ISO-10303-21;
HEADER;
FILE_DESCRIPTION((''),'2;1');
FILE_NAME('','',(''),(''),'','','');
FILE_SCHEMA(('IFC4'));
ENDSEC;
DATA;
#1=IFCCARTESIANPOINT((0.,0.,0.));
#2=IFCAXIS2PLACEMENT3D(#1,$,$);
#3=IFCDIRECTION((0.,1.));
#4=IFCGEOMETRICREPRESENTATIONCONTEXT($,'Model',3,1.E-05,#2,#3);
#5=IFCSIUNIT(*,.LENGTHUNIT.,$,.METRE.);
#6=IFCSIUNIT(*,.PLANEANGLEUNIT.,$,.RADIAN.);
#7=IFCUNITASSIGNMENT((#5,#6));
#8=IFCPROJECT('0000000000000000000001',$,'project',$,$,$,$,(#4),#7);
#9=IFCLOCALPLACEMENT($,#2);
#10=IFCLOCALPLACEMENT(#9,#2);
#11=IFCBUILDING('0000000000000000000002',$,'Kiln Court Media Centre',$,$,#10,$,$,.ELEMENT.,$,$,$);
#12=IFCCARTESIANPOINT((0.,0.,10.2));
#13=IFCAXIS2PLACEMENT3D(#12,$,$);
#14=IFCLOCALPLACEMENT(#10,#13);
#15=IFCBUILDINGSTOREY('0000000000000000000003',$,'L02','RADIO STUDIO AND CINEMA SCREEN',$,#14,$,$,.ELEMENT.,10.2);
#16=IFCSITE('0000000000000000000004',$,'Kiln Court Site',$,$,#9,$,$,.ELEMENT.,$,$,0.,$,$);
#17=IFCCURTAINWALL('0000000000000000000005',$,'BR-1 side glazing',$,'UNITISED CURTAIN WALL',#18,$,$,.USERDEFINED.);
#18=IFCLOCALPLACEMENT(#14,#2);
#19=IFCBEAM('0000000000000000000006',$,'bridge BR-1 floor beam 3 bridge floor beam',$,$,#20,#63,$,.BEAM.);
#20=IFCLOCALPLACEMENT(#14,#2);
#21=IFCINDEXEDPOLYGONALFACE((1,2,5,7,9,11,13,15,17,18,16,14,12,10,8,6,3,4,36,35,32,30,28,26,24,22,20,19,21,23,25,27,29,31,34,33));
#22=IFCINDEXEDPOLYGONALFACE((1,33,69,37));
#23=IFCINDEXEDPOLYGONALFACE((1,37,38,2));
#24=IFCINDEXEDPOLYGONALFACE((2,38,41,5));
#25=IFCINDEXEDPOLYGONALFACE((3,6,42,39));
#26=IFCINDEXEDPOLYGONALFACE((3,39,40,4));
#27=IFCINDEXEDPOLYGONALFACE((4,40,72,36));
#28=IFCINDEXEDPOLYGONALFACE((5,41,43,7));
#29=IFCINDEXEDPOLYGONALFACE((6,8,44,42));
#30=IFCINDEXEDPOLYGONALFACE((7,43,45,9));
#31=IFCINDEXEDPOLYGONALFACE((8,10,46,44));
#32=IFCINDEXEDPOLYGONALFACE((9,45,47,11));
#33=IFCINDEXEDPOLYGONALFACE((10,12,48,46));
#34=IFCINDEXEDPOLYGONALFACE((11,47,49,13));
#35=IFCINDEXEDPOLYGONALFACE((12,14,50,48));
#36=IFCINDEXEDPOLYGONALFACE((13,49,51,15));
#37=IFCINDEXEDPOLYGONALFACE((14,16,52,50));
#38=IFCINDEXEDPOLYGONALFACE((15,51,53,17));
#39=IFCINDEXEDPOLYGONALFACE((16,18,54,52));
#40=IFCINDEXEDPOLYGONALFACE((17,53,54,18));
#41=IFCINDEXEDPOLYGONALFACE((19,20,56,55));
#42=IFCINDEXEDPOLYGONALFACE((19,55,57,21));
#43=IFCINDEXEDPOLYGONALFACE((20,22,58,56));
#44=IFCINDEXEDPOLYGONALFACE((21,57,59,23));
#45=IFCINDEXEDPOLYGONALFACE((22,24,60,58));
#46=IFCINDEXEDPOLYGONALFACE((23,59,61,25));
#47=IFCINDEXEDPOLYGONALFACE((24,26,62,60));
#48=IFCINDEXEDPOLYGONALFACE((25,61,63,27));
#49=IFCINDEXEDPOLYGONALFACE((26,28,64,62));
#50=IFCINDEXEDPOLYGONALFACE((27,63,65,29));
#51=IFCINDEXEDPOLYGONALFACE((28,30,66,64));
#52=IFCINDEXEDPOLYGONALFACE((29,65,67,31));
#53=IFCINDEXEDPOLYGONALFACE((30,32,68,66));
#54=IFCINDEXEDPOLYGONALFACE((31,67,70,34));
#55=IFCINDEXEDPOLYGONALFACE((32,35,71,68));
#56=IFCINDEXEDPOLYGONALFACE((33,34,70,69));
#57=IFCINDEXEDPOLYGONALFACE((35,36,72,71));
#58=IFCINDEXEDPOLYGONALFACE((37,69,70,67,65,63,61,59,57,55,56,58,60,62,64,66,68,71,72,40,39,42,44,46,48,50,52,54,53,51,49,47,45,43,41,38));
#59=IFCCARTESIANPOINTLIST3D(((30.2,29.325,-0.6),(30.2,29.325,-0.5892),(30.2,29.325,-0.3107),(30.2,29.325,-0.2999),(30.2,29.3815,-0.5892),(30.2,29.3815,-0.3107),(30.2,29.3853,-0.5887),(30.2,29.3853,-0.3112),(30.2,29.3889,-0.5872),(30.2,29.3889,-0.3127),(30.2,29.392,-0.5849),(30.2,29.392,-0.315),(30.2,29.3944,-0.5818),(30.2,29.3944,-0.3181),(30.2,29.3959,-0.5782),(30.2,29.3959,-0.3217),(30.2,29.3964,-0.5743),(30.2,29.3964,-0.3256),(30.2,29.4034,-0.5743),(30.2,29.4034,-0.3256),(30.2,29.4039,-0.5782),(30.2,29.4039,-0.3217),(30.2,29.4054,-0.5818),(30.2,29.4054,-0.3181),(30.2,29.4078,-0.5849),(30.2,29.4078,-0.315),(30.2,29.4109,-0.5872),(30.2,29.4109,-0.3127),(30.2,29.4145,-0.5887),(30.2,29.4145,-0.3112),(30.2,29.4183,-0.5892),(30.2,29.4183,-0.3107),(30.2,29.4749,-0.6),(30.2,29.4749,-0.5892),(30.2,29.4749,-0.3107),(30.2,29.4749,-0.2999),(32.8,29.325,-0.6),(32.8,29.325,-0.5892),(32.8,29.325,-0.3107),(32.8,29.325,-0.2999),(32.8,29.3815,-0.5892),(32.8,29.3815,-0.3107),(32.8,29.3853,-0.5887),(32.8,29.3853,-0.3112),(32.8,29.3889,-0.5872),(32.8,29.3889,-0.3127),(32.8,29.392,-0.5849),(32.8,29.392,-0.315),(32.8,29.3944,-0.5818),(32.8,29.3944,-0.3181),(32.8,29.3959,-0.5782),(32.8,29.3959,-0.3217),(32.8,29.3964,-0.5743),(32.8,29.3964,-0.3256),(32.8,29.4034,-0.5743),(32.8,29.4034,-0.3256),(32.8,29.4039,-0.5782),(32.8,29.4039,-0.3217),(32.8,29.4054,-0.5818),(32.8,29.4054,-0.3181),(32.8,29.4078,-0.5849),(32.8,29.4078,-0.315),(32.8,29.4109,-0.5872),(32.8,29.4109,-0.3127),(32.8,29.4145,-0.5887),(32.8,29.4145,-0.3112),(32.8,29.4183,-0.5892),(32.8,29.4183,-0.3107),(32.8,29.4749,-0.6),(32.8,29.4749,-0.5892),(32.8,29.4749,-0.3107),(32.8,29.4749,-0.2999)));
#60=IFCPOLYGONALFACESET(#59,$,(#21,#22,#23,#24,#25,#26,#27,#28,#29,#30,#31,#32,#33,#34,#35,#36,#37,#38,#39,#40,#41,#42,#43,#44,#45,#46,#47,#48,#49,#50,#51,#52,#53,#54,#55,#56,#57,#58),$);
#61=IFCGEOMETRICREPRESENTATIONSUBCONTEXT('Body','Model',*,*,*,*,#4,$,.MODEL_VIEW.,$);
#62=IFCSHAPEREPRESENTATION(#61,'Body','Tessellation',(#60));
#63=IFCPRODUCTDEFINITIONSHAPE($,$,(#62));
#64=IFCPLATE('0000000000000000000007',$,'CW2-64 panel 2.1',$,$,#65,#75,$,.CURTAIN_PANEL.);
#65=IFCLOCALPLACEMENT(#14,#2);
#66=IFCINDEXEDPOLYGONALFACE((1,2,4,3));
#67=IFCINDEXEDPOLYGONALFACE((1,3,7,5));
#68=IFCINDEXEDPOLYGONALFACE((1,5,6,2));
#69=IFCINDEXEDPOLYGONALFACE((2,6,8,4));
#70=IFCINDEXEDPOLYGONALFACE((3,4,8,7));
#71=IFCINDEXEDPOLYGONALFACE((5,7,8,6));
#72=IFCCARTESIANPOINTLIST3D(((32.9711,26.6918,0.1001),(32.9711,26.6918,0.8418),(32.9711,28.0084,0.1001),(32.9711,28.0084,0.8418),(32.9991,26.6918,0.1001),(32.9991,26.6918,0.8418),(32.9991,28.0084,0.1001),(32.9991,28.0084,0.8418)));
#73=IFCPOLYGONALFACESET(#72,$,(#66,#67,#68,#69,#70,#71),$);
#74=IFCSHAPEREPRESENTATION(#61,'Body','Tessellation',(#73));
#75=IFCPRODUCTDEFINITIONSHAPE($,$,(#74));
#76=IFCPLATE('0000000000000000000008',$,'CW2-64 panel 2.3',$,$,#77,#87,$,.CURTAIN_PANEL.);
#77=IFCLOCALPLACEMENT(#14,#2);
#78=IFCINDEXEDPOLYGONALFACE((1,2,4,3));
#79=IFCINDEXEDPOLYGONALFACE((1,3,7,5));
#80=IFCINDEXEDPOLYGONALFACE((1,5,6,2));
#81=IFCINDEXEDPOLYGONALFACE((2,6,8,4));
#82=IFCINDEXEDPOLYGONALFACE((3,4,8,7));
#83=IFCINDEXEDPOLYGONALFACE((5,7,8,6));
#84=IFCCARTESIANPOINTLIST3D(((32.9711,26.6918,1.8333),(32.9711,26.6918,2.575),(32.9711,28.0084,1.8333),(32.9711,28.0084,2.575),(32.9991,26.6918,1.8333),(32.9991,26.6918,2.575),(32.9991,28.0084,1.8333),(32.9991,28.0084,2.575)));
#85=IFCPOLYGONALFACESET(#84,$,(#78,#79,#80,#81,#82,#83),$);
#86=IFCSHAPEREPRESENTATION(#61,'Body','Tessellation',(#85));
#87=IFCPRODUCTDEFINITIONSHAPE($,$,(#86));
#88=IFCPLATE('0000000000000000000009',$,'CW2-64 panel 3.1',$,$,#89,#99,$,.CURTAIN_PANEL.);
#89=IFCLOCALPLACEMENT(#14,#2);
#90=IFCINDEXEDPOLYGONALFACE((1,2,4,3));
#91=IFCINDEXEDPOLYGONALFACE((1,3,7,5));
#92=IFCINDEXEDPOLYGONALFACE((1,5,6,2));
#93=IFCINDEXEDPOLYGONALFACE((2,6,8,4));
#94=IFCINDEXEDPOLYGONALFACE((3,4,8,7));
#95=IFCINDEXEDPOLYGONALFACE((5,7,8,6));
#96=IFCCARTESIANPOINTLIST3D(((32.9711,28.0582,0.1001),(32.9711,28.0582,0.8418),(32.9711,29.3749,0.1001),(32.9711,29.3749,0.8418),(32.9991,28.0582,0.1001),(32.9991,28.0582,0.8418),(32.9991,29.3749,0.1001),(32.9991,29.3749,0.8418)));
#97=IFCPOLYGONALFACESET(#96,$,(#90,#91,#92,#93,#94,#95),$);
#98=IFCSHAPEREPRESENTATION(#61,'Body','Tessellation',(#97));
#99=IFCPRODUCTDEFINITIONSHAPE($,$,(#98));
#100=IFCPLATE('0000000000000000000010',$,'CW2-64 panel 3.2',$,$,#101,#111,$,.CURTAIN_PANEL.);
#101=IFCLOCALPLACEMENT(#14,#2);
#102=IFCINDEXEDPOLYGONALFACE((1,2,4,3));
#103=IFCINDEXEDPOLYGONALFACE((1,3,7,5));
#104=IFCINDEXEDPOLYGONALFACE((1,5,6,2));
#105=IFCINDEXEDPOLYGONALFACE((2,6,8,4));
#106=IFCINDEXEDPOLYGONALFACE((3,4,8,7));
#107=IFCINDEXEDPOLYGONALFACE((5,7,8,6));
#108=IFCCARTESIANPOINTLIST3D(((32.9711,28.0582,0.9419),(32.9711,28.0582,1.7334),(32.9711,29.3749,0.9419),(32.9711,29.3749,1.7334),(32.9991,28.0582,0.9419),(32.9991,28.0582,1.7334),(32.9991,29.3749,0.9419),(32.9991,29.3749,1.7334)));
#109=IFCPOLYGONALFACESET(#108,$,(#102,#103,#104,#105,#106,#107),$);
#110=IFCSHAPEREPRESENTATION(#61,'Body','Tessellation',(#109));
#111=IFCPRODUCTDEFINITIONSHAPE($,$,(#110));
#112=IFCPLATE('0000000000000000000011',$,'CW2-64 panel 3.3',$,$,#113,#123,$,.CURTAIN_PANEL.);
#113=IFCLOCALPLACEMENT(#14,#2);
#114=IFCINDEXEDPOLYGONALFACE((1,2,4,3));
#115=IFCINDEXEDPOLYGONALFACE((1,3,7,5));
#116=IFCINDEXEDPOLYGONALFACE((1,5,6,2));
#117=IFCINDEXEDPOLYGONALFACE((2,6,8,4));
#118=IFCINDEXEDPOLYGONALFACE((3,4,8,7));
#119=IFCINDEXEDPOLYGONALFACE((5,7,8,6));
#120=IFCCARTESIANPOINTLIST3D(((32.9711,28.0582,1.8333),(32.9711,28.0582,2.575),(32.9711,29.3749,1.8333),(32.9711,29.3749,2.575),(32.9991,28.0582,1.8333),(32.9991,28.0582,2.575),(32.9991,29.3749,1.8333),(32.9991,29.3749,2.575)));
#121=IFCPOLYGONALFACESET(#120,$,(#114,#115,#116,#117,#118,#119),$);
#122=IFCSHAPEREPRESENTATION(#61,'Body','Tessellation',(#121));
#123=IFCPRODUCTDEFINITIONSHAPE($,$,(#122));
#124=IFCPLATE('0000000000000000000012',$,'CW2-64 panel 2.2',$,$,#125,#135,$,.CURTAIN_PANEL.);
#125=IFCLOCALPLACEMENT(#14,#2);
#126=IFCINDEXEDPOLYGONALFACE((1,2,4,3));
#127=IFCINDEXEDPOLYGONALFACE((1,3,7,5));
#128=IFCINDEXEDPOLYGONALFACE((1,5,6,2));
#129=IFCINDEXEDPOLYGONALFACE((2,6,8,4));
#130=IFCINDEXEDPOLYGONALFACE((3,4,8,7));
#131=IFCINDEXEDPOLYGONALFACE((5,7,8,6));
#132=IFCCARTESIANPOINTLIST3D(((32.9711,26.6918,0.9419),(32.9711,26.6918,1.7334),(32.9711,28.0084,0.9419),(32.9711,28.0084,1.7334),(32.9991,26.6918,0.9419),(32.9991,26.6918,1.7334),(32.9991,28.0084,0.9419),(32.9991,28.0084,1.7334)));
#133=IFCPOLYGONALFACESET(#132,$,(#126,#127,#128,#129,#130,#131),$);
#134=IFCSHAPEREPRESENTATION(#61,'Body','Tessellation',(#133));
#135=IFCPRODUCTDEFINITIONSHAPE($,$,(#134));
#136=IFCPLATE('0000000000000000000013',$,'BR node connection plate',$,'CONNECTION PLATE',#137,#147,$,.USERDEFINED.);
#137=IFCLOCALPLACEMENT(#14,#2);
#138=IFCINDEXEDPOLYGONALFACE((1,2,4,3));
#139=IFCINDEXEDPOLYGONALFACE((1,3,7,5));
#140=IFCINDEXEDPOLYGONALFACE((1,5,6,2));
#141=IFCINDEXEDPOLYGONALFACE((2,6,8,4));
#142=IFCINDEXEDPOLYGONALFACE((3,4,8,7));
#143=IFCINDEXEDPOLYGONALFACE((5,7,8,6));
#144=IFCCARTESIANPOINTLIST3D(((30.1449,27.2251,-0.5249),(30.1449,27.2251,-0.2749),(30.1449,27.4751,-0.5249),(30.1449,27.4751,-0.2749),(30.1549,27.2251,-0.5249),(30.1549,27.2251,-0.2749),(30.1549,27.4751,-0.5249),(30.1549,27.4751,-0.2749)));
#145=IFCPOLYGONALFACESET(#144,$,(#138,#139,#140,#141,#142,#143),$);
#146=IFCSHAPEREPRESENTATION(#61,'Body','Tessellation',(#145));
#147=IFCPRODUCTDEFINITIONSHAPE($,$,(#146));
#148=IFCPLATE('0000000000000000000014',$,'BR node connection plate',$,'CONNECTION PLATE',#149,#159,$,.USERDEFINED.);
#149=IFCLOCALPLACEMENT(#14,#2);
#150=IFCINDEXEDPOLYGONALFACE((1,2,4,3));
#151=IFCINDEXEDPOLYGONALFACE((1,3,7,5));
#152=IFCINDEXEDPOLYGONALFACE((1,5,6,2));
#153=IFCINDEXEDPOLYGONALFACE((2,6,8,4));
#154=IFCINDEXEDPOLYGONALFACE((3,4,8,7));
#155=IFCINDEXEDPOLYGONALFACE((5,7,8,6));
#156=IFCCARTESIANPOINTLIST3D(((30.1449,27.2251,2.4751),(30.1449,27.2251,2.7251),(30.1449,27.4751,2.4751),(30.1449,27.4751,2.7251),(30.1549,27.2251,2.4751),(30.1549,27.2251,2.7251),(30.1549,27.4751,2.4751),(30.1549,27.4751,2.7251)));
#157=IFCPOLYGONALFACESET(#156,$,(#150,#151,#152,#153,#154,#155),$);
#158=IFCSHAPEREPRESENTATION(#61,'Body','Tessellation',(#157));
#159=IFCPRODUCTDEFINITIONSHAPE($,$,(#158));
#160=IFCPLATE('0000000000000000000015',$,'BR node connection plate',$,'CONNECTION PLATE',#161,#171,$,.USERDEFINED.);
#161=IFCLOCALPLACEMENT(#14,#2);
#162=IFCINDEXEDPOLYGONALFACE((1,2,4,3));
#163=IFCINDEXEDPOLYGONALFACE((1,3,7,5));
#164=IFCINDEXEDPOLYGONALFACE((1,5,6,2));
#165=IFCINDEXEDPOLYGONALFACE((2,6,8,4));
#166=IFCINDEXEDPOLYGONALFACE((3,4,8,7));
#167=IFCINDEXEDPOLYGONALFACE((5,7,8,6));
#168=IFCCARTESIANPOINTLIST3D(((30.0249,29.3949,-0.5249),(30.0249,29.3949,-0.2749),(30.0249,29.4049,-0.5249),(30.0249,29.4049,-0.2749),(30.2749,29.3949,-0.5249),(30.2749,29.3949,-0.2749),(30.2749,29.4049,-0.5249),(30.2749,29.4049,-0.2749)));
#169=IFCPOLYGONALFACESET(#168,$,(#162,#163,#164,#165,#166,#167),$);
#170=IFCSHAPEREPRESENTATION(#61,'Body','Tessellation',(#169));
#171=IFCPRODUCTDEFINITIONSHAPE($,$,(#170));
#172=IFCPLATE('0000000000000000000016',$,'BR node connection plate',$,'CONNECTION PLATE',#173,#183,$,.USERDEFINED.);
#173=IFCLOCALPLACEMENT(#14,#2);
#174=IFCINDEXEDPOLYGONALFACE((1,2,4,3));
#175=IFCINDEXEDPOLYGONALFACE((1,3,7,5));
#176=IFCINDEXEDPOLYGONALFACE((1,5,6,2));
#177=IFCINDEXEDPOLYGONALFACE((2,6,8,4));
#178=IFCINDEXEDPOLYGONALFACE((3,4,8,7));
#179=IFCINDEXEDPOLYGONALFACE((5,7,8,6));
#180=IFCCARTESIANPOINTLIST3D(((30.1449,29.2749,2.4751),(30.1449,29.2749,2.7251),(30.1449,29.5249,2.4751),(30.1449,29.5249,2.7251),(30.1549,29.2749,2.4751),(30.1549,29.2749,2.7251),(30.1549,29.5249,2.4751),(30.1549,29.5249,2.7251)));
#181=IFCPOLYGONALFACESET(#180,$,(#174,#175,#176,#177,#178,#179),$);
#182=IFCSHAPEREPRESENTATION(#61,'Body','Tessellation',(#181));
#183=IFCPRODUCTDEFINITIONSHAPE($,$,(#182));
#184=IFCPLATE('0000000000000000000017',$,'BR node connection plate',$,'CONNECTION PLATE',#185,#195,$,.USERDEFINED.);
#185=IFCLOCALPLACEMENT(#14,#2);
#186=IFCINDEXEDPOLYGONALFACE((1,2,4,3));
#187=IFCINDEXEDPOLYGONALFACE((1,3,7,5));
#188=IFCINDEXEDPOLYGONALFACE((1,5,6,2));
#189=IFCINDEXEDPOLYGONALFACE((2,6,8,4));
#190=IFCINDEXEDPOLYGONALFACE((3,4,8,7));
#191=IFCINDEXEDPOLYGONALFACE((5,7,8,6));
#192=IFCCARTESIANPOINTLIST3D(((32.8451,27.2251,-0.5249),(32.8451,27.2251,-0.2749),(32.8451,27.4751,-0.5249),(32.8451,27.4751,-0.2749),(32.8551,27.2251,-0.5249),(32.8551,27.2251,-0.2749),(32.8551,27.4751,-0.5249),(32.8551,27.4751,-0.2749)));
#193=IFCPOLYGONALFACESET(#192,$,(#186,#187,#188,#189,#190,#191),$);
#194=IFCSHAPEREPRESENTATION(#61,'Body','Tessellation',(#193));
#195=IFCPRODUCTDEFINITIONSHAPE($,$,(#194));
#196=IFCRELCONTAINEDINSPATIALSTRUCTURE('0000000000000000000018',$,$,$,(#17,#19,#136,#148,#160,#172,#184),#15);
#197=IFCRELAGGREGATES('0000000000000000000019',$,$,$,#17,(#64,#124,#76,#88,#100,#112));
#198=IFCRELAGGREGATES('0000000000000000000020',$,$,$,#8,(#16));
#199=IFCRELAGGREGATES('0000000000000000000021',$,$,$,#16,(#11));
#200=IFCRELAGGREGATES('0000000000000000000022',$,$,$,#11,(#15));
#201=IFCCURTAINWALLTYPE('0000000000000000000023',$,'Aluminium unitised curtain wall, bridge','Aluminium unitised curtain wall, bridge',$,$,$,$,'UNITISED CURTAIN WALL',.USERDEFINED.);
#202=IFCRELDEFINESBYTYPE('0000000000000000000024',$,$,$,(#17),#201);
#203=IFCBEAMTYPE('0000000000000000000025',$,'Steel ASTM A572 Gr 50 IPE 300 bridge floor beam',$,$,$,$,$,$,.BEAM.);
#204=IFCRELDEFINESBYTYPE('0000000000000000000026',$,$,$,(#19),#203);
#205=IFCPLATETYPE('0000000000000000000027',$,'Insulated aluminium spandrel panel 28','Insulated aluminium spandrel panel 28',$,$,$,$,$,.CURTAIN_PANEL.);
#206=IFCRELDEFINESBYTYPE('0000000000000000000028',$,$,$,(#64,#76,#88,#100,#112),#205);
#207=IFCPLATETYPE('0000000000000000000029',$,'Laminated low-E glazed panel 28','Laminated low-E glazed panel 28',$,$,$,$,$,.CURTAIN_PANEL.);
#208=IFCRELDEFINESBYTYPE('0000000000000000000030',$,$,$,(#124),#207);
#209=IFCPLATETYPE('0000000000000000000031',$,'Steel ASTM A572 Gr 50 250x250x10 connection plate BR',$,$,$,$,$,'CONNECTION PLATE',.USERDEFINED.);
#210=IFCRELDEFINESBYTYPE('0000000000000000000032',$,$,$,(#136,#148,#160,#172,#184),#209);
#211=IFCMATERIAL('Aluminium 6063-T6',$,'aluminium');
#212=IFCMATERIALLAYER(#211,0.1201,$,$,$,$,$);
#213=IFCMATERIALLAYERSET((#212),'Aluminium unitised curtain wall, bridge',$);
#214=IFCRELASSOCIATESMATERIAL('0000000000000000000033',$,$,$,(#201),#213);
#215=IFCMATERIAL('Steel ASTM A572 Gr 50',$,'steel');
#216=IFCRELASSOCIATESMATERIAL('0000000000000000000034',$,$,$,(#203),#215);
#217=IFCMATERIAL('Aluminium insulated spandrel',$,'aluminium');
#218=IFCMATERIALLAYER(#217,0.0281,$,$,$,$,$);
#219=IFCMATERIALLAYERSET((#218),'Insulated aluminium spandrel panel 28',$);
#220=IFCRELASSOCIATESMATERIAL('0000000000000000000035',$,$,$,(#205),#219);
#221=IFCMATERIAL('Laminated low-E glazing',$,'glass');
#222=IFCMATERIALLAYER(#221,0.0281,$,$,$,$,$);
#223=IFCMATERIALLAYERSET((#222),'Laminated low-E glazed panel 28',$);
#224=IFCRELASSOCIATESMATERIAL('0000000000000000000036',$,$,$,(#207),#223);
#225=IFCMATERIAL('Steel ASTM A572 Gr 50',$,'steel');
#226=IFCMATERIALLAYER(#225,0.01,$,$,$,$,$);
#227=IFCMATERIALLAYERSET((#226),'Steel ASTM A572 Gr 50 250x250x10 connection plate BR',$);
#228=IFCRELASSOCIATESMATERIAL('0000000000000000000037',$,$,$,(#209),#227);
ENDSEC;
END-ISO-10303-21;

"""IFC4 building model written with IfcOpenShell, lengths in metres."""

from ifc_helpers import new_model, si_unit, direction, frame, origin, origin_2d, place, context, subcontext, project, spatial, rectangle, i_section, extrude, material, layer, layer_set, material_profile, profile_set, type_object, element, aggregate, save


model = new_model("IFC4")

# Units and contexts
model_context = context("Model", 3, precision=1e-05, world=origin(), true_north=direction((0.0, 1.0)))
body_context = subcontext(model_context, "Body", "Model", "MODEL_VIEW")
ifc_project = project(units=[si_unit("LENGTHUNIT", "METRE"), si_unit("PLANEANGLEUNIT", "RADIAN")], contexts=[model_context])

# Site, building, storey
site_placement = place(None, origin())
site = spatial("IfcSite", under=ifc_project, at=site_placement, Name="Kiln Court Site", CompositionType="ELEMENT", RefElevation=0.0)
building_placement = place(site_placement, origin())
building = spatial("IfcBuilding", under=site, at=building_placement, Name="Kiln Court Media Centre", CompositionType="ELEMENT")
storey_placement = place(building_placement, frame((0.0, 0.0, 10.2)))
storey = spatial("IfcBuildingStorey", under=building, at=storey_placement, Name="L02", Description="RADIO STUDIO AND CINEMA SCREEN", CompositionType="ELEMENT", Elevation=10.2)

# Curtain wall
ifc_material_1 = material(Name="Aluminium 6063-T6", Category="aluminium")
ifc_layer_1 = layer(ifc_material_1, 0.1201)
ifc_layer_set_1 = layer_set([ifc_layer_1], Name="Aluminium unitised curtain wall, bridge")
curtain_wall_type = type_object("IfcCurtainWallType", Name="Aluminium unitised curtain wall, bridge", Description="Aluminium unitised curtain wall, bridge", ElementType="UNITISED CURTAIN WALL", PredefinedType="USERDEFINED", material=ifc_layer_set_1)
curtain_wall_placement = place(storey_placement, origin())
curtain_wall = element("IfcCurtainWall", 1, at=curtain_wall_placement, inside=storey, type_object=curtain_wall_type, Name="BR-1 side glazing", ObjectType="UNITISED CURTAIN WALL", PredefinedType="USERDEFINED")

# Beam
ifc_material_2 = material(Name="Steel ASTM A572 Gr 50", Category="steel")
ifc_material_profile_1 = material_profile(ifc_material_2, i_section(OverallWidth=0.1499, OverallDepth=0.3, WebThickness=0.0071, FlangeThickness=0.0107, FilletRadius=0.0149, at=origin_2d()), Name="IPE 300")
ifc_profile_set_1 = profile_set([ifc_material_profile_1], Name="Steel ASTM A572 Gr 50")
beam_type = type_object("IfcBeamType", Name="Steel ASTM A572 Gr 50 IPE 300 bridge floor beam", PredefinedType="BEAM", material=ifc_profile_set_1)
for number, where, z_axis, x_axis, name in (
    (2, (30.2, 29.3999, -0.45), (1.0, 0.0, 0.0), (0.0, 1.0, 0.0), "bridge BR-1 floor beam 3 bridge floor beam"),
):
    element("IfcBeam", number, at=place(storey_placement, frame(where, z_axis=z_axis, x_axis=x_axis)), inside=storey, type_object=beam_type, Name=name, PredefinedType="BEAM", context=body_context, shape_type="SweptSolid", body=[
        extrude(i_section(OverallWidth=0.1499, OverallDepth=0.3, WebThickness=0.0071, FlangeThickness=0.0107, FilletRadius=0.0149, at=origin_2d()), origin(), (0.0, 0.0, 1.0), 2.6001),
    ])

# Plates
ifc_material_3 = material(Name="Aluminium insulated spandrel", Category="aluminium")
ifc_layer_2 = layer(ifc_material_3, 0.0281)
ifc_layer_set_2 = layer_set([ifc_layer_2], Name="Insulated aluminium spandrel panel 28")
plate_type_1 = type_object("IfcPlateType", Name="Insulated aluminium spandrel panel 28", Description="Insulated aluminium spandrel panel 28", PredefinedType="CURTAIN_PANEL", material=ifc_layer_set_2)
plate_1_placement = place(storey_placement, frame((32.9851, 27.3501, 0.1001), z_axis=(0.0, 0.0, 1.0), x_axis=(0.0, 1.0, 0.0)))
plate_1 = element("IfcPlate", 3, at=plate_1_placement, type_object=plate_type_1, Name="CW2-64 panel 2.1", PredefinedType="CURTAIN_PANEL", context=body_context, shape_type="SweptSolid", body=[
    extrude(rectangle(XDim=1.3167, YDim=0.0281, at=origin_2d()), origin(), (0.0, 0.0, 1.0), 0.7417),
])
plate_2_placement = place(storey_placement, frame((32.9851, 27.3501, 1.8333), z_axis=(0.0, 0.0, 1.0), x_axis=(0.0, 1.0, 0.0)))
plate_2 = element("IfcPlate", 4, at=plate_2_placement, type_object=plate_type_1, Name="CW2-64 panel 2.3", PredefinedType="CURTAIN_PANEL", context=body_context, shape_type="SweptSolid", body=[
    extrude(rectangle(XDim=1.3167, YDim=0.0281, at=origin_2d()), origin(), (0.0, 0.0, 1.0), 0.7417),
])
plate_3_placement = place(storey_placement, frame((32.9851, 28.7166, 0.1001), z_axis=(0.0, 0.0, 1.0), x_axis=(0.0, 1.0, 0.0)))
plate_3 = element("IfcPlate", 5, at=plate_3_placement, type_object=plate_type_1, Name="CW2-64 panel 3.1", PredefinedType="CURTAIN_PANEL", context=body_context, shape_type="SweptSolid", body=[
    extrude(rectangle(XDim=1.3167, YDim=0.0281, at=origin_2d()), origin(), (0.0, 0.0, 1.0), 0.7417),
])
plate_4_placement = place(storey_placement, frame((32.9851, 28.7166, 0.9419), z_axis=(0.0, 0.0, 1.0), x_axis=(0.0, 1.0, 0.0)))
plate_4 = element("IfcPlate", 6, at=plate_4_placement, type_object=plate_type_1, Name="CW2-64 panel 3.2", PredefinedType="CURTAIN_PANEL", context=body_context, shape_type="SweptSolid", body=[
    extrude(rectangle(XDim=1.3167, YDim=0.0281, at=origin_2d()), origin(), (0.0, 0.0, 1.0), 0.7915),
])
plate_5_placement = place(storey_placement, frame((32.9851, 28.7166, 1.8333), z_axis=(0.0, 0.0, 1.0), x_axis=(0.0, 1.0, 0.0)))
plate_5 = element("IfcPlate", 7, at=plate_5_placement, type_object=plate_type_1, Name="CW2-64 panel 3.3", PredefinedType="CURTAIN_PANEL", context=body_context, shape_type="SweptSolid", body=[
    extrude(rectangle(XDim=1.3167, YDim=0.0281, at=origin_2d()), origin(), (0.0, 0.0, 1.0), 0.7417),
])
ifc_material_4 = material(Name="Laminated low-E glazing", Category="glass")
ifc_layer_3 = layer(ifc_material_4, 0.0281)
ifc_layer_set_3 = layer_set([ifc_layer_3], Name="Laminated low-E glazed panel 28")
plate_type_2 = type_object("IfcPlateType", Name="Laminated low-E glazed panel 28", Description="Laminated low-E glazed panel 28", PredefinedType="CURTAIN_PANEL", material=ifc_layer_set_3)
plate_6_placement = place(storey_placement, frame((32.9851, 27.3501, 0.9419), z_axis=(0.0, 0.0, 1.0), x_axis=(0.0, 1.0, 0.0)))
plate_6 = element("IfcPlate", 8, at=plate_6_placement, type_object=plate_type_2, Name="CW2-64 panel 2.2", PredefinedType="CURTAIN_PANEL", context=body_context, shape_type="SweptSolid", body=[
    extrude(rectangle(XDim=1.3167, YDim=0.0281, at=origin_2d()), origin(), (0.0, 0.0, 1.0), 0.7915),
])
aggregate(curtain_wall, [plate_1, plate_6, plate_2, plate_3, plate_4, plate_5])

# Plates
ifc_material_5 = material(Name="Steel ASTM A572 Gr 50", Category="steel")
ifc_layer_4 = layer(ifc_material_5, 0.01)
ifc_layer_set_4 = layer_set([ifc_layer_4], Name="Steel ASTM A572 Gr 50 250x250x10 connection plate BR")
plate_type_3 = type_object("IfcPlateType", Name="Steel ASTM A572 Gr 50 250x250x10 connection plate BR", ElementType="CONNECTION PLATE", PredefinedType="USERDEFINED", material=ifc_layer_set_4)
for number, where, z_axis, x_axis, name in (
    (9, (30.1499, 27.3501, -0.5249), (0.0, 0.0, 1.0), (1.0, 0.0, 0.0), "BR node connection plate"),
    (10, (30.1499, 27.3501, 2.4751), (0.0, 0.0, 1.0), (1.0, 0.0, 0.0), "BR node connection plate"),
):
    element("IfcPlate", number, at=place(storey_placement, frame(where, z_axis=z_axis, x_axis=x_axis)), inside=storey, type_object=plate_type_3, Name=name, ObjectType="CONNECTION PLATE", PredefinedType="USERDEFINED", context=body_context, shape_type="SweptSolid", body=[
        extrude(rectangle(XDim=0.01, YDim=0.25, at=origin_2d()), origin(), (0.0, 0.0, 1.0), 0.25),
    ])
plate_7_placement = place(storey_placement, frame((30.1499, 29.3999, -0.5249), z_axis=(0.0, 0.0, 1.0), x_axis=(1.0, 0.0, 0.0)))
element("IfcPlate", 11, at=plate_7_placement, inside=storey, type_object=plate_type_3, Name="BR node connection plate", ObjectType="CONNECTION PLATE", PredefinedType="USERDEFINED", context=body_context, shape_type="SweptSolid", body=[
    extrude(rectangle(XDim=0.25, YDim=0.01, at=origin_2d()), origin(), (0.0, 0.0, 1.0), 0.25),
])
for number, where, z_axis, x_axis, name in (
    (12, (30.1499, 29.3999, 2.4751), (0.0, 0.0, 1.0), (1.0, 0.0, 0.0), "BR node connection plate"),
    (13, (32.8501, 27.3501, -0.5249), (0.0, 0.0, 1.0), (1.0, 0.0, 0.0), "BR node connection plate"),
):
    element("IfcPlate", number, at=place(storey_placement, frame(where, z_axis=z_axis, x_axis=x_axis)), inside=storey, type_object=plate_type_3, Name=name, ObjectType="CONNECTION PLATE", PredefinedType="USERDEFINED", context=body_context, shape_type="SweptSolid", body=[
        extrude(rectangle(XDim=0.01, YDim=0.25, at=origin_2d()), origin(), (0.0, 0.0, 1.0), 0.25),
    ])

save(model, "model.ifc")
